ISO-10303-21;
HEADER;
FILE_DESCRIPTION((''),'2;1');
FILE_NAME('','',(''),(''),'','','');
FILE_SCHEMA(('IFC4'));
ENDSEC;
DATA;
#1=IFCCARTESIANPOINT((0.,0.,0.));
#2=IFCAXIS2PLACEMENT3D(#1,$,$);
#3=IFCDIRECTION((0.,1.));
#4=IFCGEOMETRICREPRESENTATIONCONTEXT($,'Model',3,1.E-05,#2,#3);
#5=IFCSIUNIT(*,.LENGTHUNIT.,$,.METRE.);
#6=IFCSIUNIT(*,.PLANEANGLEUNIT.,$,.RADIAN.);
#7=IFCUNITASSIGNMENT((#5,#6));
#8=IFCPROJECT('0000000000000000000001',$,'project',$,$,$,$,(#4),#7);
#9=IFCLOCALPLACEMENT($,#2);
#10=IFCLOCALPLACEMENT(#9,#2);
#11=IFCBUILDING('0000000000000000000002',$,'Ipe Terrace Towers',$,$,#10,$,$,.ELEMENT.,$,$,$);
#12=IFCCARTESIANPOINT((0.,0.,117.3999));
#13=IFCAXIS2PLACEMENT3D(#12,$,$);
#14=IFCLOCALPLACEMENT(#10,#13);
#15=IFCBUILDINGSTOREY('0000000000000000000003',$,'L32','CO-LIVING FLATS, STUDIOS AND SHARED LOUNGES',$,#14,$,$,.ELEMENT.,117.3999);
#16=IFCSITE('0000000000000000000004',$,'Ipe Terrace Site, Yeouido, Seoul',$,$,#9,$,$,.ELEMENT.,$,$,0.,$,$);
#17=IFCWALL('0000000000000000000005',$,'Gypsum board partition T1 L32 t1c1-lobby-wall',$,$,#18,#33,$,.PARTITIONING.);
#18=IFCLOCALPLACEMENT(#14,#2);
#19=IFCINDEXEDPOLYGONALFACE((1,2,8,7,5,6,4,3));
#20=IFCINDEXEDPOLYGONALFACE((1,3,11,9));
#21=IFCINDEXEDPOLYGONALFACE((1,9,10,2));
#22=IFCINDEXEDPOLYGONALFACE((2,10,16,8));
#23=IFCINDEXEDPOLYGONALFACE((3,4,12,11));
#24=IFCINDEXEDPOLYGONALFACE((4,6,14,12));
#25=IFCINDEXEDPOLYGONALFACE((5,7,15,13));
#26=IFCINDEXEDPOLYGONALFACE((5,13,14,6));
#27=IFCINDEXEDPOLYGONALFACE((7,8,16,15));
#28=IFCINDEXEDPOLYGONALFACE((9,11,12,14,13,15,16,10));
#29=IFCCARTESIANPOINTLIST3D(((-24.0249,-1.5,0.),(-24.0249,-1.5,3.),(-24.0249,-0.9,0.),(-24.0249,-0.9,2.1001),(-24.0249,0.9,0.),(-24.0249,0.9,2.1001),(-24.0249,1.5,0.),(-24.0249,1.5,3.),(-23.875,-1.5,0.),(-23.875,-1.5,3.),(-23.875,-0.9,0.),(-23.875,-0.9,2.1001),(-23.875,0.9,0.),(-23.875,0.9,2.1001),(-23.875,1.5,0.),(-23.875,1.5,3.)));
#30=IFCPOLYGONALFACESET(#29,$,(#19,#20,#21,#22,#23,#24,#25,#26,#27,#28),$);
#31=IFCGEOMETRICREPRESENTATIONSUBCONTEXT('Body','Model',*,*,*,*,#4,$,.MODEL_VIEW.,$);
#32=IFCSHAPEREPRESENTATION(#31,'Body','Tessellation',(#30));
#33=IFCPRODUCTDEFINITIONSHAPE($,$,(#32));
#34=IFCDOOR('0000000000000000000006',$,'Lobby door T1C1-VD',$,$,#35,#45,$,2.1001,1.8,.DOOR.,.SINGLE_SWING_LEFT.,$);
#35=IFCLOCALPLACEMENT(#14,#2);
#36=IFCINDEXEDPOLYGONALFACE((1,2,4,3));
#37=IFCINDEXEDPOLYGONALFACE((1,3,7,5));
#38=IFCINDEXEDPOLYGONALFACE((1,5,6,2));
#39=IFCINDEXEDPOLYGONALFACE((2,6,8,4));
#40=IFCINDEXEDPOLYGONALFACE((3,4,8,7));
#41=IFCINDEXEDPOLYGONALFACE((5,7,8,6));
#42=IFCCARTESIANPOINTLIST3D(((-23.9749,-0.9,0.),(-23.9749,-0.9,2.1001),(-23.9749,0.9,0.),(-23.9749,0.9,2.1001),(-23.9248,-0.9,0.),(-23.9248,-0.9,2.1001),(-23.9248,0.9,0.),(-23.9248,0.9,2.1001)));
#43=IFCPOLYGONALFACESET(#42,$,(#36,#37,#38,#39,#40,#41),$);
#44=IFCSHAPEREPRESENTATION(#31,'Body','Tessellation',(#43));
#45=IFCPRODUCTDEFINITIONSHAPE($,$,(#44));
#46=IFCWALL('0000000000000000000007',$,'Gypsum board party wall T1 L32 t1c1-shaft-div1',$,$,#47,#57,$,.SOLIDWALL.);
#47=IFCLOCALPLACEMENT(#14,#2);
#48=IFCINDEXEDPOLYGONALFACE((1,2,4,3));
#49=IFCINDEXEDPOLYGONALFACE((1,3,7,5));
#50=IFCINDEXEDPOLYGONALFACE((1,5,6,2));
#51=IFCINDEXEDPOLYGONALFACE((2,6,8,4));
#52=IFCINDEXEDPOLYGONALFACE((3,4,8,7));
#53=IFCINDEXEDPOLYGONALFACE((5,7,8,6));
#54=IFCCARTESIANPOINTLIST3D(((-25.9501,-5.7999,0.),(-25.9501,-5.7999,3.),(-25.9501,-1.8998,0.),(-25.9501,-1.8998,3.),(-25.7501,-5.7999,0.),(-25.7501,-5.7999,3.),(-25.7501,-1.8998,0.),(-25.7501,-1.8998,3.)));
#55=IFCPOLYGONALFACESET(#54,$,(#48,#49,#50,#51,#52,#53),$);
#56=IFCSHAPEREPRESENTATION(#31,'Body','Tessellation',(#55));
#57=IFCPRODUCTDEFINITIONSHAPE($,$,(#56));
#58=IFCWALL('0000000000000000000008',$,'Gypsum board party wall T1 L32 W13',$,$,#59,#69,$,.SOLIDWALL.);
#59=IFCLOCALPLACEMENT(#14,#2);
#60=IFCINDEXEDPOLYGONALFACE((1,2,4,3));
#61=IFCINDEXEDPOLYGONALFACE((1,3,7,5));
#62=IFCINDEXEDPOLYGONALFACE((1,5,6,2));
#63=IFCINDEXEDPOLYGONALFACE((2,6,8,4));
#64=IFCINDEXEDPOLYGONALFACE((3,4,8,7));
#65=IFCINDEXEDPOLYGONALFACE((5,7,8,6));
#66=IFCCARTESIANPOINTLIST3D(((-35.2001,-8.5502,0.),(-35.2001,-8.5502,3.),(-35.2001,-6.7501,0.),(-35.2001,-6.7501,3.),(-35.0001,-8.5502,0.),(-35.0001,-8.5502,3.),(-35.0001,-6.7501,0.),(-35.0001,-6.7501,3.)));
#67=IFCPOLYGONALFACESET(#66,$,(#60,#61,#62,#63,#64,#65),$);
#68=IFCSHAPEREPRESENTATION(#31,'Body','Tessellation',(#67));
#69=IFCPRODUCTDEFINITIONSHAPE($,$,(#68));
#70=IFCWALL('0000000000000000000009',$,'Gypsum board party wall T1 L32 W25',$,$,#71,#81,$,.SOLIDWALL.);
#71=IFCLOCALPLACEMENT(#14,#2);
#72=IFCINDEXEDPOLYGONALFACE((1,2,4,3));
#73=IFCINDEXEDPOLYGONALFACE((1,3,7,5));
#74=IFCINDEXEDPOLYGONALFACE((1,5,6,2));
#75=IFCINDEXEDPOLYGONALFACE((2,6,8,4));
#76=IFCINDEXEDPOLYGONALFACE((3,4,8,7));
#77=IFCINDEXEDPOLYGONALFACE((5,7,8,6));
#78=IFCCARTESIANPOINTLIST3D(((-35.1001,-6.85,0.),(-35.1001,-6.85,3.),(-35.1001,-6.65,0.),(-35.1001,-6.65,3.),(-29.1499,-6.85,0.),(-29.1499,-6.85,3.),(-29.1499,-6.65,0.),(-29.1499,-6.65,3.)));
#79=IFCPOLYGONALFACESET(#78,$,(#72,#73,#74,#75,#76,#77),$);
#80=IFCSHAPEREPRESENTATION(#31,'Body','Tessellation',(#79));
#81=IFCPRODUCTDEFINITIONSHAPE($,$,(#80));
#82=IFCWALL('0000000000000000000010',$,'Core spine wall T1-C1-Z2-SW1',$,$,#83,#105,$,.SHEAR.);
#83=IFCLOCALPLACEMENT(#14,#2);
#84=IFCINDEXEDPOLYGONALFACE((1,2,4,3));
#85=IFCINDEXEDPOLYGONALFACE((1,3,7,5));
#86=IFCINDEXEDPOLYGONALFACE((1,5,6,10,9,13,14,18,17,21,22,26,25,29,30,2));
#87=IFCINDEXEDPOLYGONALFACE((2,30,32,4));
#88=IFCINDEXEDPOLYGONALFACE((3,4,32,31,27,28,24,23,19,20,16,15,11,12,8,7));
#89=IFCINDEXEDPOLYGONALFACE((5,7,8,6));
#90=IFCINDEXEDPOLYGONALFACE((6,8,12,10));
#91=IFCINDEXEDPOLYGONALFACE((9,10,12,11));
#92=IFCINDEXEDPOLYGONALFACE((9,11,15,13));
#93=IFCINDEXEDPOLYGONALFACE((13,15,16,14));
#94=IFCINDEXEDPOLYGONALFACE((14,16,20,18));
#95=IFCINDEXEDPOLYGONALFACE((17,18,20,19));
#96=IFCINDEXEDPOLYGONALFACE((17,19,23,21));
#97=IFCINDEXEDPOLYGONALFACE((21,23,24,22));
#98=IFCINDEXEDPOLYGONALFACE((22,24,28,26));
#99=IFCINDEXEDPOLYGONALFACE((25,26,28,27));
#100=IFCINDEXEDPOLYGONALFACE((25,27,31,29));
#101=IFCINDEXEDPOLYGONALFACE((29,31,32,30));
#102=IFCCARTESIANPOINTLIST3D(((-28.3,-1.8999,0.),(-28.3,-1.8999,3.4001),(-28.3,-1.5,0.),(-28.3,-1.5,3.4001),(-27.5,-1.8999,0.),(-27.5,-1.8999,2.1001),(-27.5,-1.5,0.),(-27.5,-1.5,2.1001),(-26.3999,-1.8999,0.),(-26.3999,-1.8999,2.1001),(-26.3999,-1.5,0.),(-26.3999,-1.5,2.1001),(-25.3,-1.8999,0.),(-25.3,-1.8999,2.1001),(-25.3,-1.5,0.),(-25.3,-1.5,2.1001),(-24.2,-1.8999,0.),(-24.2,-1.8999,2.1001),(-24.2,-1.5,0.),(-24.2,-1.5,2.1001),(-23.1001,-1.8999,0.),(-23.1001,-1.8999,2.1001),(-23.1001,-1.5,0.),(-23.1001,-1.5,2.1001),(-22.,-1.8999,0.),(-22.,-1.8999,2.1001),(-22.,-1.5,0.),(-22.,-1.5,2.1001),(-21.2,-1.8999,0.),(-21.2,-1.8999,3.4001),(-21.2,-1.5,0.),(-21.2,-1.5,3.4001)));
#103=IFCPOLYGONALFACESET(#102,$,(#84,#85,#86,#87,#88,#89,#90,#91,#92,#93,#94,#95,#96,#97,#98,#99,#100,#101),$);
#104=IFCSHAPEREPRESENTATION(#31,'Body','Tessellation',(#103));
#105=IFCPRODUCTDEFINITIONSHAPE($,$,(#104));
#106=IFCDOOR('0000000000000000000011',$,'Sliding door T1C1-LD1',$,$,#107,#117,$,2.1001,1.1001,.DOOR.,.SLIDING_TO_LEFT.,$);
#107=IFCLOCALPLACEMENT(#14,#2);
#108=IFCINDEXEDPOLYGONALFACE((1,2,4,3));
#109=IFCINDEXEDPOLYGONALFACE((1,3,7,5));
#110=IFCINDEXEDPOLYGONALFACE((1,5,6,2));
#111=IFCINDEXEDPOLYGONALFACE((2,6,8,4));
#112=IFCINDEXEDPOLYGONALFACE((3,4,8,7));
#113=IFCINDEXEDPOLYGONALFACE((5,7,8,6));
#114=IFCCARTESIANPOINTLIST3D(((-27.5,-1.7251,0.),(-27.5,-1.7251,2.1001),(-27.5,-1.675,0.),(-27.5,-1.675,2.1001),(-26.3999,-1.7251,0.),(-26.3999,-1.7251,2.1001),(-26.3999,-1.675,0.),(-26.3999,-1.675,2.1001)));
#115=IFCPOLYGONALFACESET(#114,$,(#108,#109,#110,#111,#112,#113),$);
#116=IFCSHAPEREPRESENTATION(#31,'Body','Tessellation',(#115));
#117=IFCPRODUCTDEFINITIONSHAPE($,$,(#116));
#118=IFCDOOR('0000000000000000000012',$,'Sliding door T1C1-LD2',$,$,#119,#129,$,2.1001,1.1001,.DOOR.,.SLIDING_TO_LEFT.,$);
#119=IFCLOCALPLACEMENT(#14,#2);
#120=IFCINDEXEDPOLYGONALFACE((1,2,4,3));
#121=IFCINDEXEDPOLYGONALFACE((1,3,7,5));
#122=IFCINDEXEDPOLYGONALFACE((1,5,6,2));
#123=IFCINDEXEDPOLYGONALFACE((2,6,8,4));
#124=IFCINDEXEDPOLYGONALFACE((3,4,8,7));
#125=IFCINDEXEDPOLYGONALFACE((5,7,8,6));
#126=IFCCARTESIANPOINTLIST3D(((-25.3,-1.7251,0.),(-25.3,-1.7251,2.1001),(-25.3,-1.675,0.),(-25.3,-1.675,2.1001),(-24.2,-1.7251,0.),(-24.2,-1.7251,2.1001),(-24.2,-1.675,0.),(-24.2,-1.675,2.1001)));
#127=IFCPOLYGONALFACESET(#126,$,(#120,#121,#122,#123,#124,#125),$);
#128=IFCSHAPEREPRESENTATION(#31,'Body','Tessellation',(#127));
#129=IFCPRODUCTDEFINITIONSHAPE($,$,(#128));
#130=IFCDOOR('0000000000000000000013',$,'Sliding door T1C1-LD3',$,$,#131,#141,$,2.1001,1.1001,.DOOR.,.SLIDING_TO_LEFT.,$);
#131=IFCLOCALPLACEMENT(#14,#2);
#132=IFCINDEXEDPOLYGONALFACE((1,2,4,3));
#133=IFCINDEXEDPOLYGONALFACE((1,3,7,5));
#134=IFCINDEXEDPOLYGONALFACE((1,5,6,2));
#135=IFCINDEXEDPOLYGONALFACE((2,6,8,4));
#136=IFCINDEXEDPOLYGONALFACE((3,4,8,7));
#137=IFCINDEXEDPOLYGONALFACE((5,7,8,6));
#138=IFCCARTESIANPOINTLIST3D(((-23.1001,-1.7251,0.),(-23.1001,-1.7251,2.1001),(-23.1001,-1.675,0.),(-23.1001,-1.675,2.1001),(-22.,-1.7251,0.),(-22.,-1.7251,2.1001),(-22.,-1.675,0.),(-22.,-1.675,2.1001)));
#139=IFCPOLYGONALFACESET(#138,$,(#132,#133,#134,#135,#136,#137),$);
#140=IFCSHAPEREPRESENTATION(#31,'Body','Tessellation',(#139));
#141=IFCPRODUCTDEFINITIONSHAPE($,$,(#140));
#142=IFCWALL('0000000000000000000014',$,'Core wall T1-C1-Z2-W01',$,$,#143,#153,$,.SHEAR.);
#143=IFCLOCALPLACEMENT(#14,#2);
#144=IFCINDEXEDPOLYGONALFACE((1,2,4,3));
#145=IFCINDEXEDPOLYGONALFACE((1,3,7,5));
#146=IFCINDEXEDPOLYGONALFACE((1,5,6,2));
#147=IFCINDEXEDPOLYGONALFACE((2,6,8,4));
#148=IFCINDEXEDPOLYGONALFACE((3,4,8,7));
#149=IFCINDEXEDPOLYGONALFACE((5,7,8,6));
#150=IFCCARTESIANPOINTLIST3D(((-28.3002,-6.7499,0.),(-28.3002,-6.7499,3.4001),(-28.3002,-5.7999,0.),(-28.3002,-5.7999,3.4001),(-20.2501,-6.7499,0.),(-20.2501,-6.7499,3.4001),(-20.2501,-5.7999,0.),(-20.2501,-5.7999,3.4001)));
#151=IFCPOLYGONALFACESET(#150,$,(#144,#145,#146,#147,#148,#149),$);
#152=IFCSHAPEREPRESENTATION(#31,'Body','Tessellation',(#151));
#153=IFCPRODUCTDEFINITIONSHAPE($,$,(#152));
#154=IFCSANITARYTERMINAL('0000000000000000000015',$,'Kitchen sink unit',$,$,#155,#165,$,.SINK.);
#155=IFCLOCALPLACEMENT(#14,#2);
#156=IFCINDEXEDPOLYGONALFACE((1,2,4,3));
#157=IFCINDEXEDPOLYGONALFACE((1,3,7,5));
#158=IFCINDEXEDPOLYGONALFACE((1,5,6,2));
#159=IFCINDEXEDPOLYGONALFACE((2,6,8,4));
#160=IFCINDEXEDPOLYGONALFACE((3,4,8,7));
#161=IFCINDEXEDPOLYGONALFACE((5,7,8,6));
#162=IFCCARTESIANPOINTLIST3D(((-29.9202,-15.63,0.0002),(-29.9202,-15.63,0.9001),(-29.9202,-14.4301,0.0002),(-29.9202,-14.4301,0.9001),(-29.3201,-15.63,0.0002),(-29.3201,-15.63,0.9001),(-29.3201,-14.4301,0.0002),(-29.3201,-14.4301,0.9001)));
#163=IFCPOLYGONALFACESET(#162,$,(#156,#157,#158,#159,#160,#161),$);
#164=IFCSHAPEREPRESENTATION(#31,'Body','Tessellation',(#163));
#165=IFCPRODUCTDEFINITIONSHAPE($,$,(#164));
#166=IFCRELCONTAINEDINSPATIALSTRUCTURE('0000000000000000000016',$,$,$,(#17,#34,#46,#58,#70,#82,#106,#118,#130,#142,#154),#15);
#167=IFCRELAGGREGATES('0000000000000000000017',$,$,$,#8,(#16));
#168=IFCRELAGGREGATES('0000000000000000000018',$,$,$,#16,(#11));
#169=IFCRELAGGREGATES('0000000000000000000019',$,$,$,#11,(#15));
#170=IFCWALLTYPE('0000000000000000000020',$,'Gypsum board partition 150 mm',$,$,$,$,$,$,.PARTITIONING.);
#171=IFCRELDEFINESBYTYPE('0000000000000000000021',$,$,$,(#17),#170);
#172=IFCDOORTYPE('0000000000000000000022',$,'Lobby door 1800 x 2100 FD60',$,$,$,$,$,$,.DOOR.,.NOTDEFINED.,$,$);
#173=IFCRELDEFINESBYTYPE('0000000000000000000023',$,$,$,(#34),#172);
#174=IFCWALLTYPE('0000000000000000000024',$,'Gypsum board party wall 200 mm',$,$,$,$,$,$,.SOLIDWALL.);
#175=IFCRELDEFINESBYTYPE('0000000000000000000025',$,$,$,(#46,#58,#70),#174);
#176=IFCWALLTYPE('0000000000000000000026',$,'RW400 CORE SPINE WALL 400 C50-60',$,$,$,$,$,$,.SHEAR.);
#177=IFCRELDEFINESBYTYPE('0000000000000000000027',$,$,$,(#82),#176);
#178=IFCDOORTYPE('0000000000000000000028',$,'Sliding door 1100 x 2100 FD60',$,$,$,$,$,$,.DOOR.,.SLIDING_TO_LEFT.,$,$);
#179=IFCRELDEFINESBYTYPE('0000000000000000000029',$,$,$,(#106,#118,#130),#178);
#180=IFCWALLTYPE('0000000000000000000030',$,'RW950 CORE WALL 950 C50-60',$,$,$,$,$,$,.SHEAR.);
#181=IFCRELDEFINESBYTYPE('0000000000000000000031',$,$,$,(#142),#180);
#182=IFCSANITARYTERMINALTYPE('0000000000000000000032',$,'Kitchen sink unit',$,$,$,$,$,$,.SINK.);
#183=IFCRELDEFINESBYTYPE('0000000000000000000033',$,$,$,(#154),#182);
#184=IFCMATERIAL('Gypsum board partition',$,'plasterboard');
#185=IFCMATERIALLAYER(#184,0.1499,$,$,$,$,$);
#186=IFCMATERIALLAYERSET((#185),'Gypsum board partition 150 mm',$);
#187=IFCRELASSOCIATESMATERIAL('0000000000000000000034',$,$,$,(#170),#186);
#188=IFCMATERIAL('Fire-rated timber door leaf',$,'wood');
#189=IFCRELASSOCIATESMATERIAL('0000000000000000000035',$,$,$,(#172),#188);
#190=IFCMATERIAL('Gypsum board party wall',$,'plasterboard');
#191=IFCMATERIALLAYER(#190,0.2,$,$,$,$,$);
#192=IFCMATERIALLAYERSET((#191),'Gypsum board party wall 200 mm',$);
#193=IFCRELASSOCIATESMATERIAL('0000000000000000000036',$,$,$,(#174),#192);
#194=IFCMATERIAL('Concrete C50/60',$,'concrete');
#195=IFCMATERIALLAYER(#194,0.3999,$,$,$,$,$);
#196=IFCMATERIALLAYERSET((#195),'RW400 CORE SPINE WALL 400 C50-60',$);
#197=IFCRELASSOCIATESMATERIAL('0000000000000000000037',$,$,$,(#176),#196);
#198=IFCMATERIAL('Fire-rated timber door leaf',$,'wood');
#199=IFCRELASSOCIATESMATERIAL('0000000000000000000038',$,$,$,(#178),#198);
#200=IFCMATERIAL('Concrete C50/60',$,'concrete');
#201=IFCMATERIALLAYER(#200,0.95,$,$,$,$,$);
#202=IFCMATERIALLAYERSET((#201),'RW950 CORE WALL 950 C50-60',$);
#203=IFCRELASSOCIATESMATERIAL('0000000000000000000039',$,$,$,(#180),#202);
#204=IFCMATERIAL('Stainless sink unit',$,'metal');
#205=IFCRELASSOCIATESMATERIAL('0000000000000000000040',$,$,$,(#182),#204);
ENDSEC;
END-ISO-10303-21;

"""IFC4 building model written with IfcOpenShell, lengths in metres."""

from ifc_helpers import new_model, si_unit, direction, frame, frame_2d, origin, origin_2d, place, context, subcontext, project, spatial, rectangle, extrude, material, layer, layer_set, type_object, element, fill, save


model = new_model("IFC4")

# Units and contexts
model_context = context("Model", 3, precision=1e-05, world=origin(), true_north=direction((0.0, 1.0)))
body_context = subcontext(model_context, "Body", "Model", "MODEL_VIEW")
ifc_project = project(units=[si_unit("LENGTHUNIT", "METRE"), si_unit("PLANEANGLEUNIT", "RADIAN")], contexts=[model_context])

# Site, building, storey
site_placement = place(None, origin())
site = spatial("IfcSite", under=ifc_project, at=site_placement, Name="Ipe Terrace Site, Yeouido, Seoul", CompositionType="ELEMENT", RefElevation=0.0)
building_placement = place(site_placement, origin())
building = spatial("IfcBuilding", under=site, at=building_placement, Name="Ipe Terrace Towers", CompositionType="ELEMENT")
storey_placement = place(building_placement, frame((0.0, 0.0, 117.3999)))
storey = spatial("IfcBuildingStorey", under=building, at=storey_placement, Name="L32", Description="CO-LIVING FLATS, STUDIOS AND SHARED LOUNGES", CompositionType="ELEMENT", Elevation=117.3999)

# Wall, opening, door
ifc_material_1 = material(Name="Gypsum board partition", Category="plasterboard")
ifc_layer_1 = layer(ifc_material_1, 0.1499)
ifc_layer_set_1 = layer_set([ifc_layer_1], Name="Gypsum board partition 150 mm")
wall_type_1 = type_object("IfcWallType", Name="Gypsum board partition 150 mm", PredefinedType="PARTITIONING", material=ifc_layer_set_1)
wall_1_placement = place(storey_placement, frame((-23.95, -1.5, 0.0), z_axis=(0.0, 0.0, 1.0), x_axis=(0.0, 1.0, 0.0)))
wall_1 = element("IfcWall", 1, at=wall_1_placement, inside=storey, type_object=wall_type_1, Name="Gypsum board partition T1 L32 t1c1-lobby-wall", PredefinedType="PARTITIONING", context=body_context, shape_type="SweptSolid", body=[
    extrude(rectangle(XDim=3.0, YDim=0.1499, at=frame_2d((1.5, 0.0))), origin(), (0.0, 0.0, 1.0), 3.0),
])
opening_1_placement = place(wall_1_placement, frame((0.6001, 0.0, 0.0)))
opening_1 = element("IfcOpeningElement", 2, at=opening_1_placement, cuts=wall_1, PredefinedType="OPENING", context=body_context, shape_type="SweptSolid", body=[
    extrude(rectangle(XDim=1.8, YDim=2.1001, at=frame_2d((0.8999, 1.05))), frame((0.0, 0.085, 0.0), z_axis=(0.0, -1.0, 0.0), x_axis=(1.0, 0.0, 0.0)), (0.0, 0.0, 1.0), 0.1699),
])
ifc_material_2 = material(Name="Fire-rated timber door leaf", Category="wood")
door_type_1 = type_object("IfcDoorType", Name="Lobby door 1800 x 2100 FD60", OperationType="NOTDEFINED", PredefinedType="DOOR", material=ifc_material_2)
door_1_placement = place(opening_1_placement, origin())
door_1 = element("IfcDoor", 3, at=door_1_placement, inside=storey, type_object=door_type_1, Name="Lobby door T1C1-VD", OperationType="SINGLE_SWING_LEFT", OverallHeight=2.1001, OverallWidth=1.8, PredefinedType="DOOR", context=body_context, shape_type="SweptSolid", body=[
    extrude(rectangle(XDim=1.8, YDim=2.1001, at=frame_2d((0.8999, 1.05))), frame((0.0, 0.0249, 0.0), z_axis=(0.0, -1.0, 0.0), x_axis=(1.0, 0.0, 0.0)), (0.0, 0.0, 1.0), 0.05),
])
fill(opening_1, door_1)

# Walls
ifc_material_3 = material(Name="Gypsum board party wall", Category="plasterboard")
ifc_layer_2 = layer(ifc_material_3, 0.2)
ifc_layer_set_2 = layer_set([ifc_layer_2], Name="Gypsum board party wall 200 mm")
wall_type_2 = type_object("IfcWallType", Name="Gypsum board party wall 200 mm", PredefinedType="SOLIDWALL", material=ifc_layer_set_2)
wall_2_placement = place(storey_placement, frame((-25.8501, -5.8, 0.0), z_axis=(0.0, 0.0, 1.0), x_axis=(0.0, 1.0, 0.0)))
element("IfcWall", 4, at=wall_2_placement, inside=storey, type_object=wall_type_2, Name="Gypsum board party wall T1 L32 t1c1-shaft-div1", PredefinedType="SOLIDWALL", context=body_context, shape_type="SweptSolid", body=[
    extrude(rectangle(XDim=3.9001, YDim=0.2, at=frame_2d((1.9502, 0.0))), origin(), (0.0, 0.0, 1.0), 3.0),
])
wall_3_placement = place(storey_placement, frame((-35.1001, -8.55, 0.0), z_axis=(0.0, 0.0, 1.0), x_axis=(0.0, 1.0, 0.0)))
element("IfcWall", 5, at=wall_3_placement, inside=storey, type_object=wall_type_2, Name="Gypsum board party wall T1 L32 W13", PredefinedType="SOLIDWALL", context=body_context, shape_type="SweptSolid", body=[
    extrude(rectangle(XDim=1.8, YDim=0.2, at=frame_2d((0.8999, 0.0))), origin(), (0.0, 0.0, 1.0), 3.0),
])
wall_4_placement = place(storey_placement, frame((-35.1001, -6.75, 0.0), z_axis=(0.0, 0.0, 1.0), x_axis=(1.0, 0.0, 0.0)))
element("IfcWall", 6, at=wall_4_placement, inside=storey, type_object=wall_type_2, Name="Gypsum board party wall T1 L32 W25", PredefinedType="SOLIDWALL", context=body_context, shape_type="SweptSolid", body=[
    extrude(rectangle(XDim=5.9502, YDim=0.2, at=frame_2d((2.9751, 0.0))), origin(), (0.0, 0.0, 1.0), 3.0),
])

# Wall, openings, doors
ifc_material_4 = material(Name="Concrete C50/60", Category="concrete")
ifc_layer_3 = layer(ifc_material_4, 0.3999)
ifc_layer_set_3 = layer_set([ifc_layer_3], Name="RW400 CORE SPINE WALL 400 C50-60")
wall_type_3 = type_object("IfcWallType", Name="RW400 CORE SPINE WALL 400 C50-60", PredefinedType="SHEAR", material=ifc_layer_set_3)
wall_5_placement = place(storey_placement, frame((-28.3, -1.7, 0.0), z_axis=(0.0, 0.0, 1.0), x_axis=(1.0, 0.0, 0.0)))
wall_5 = element("IfcWall", 7, at=wall_5_placement, inside=storey, type_object=wall_type_3, Name="Core spine wall T1-C1-Z2-SW1", PredefinedType="SHEAR", context=body_context, shape_type="SweptSolid", body=[
    extrude(rectangle(XDim=7.1001, YDim=0.3999, at=frame_2d((3.55, 0.0))), origin(), (0.0, 0.0, 1.0), 3.4001),
])
opening_2_placement = place(wall_5_placement, frame((0.8, 0.0, 0.0)))
opening_2 = element("IfcOpeningElement", 8, at=opening_2_placement, cuts=wall_5, PredefinedType="OPENING", context=body_context, shape_type="SweptSolid", body=[
    extrude(rectangle(XDim=1.1001, YDim=2.1001, at=frame_2d((0.55, 1.05))), frame((0.0, 0.21, 0.0), z_axis=(0.0, -1.0, 0.0), x_axis=(1.0, 0.0, 0.0)), (0.0, 0.0, 1.0), 0.4199),
])
opening_3_placement = place(wall_5_placement, frame((3.0, 0.0, 0.0)))
opening_3 = element("IfcOpeningElement", 9, at=opening_3_placement, cuts=wall_5, PredefinedType="OPENING", context=body_context, shape_type="SweptSolid", body=[
    extrude(rectangle(XDim=1.1001, YDim=2.1001, at=frame_2d((0.55, 1.05))), frame((0.0, 0.21, 0.0), z_axis=(0.0, -1.0, 0.0), x_axis=(1.0, 0.0, 0.0)), (0.0, 0.0, 1.0), 0.4199),
])
opening_4_placement = place(wall_5_placement, frame((5.2, 0.0, 0.0)))
opening_4 = element("IfcOpeningElement", 10, at=opening_4_placement, cuts=wall_5, PredefinedType="OPENING", context=body_context, shape_type="SweptSolid", body=[
    extrude(rectangle(XDim=1.1001, YDim=2.1001, at=frame_2d((0.55, 1.05))), frame((0.0, 0.21, 0.0), z_axis=(0.0, -1.0, 0.0), x_axis=(1.0, 0.0, 0.0)), (0.0, 0.0, 1.0), 0.4199),
])
ifc_material_5 = material(Name="Fire-rated timber door leaf", Category="wood")
door_type_2 = type_object("IfcDoorType", Name="Sliding door 1100 x 2100 FD60", OperationType="SLIDING_TO_LEFT", PredefinedType="DOOR", material=ifc_material_5)
door_2_placement = place(opening_2_placement, origin())
door_2 = element("IfcDoor", 11, at=door_2_placement, inside=storey, type_object=door_type_2, Name="Sliding door T1C1-LD1", OperationType="SLIDING_TO_LEFT", OverallHeight=2.1001, OverallWidth=1.1001, PredefinedType="DOOR", context=body_context, shape_type="SweptSolid", body=[
    extrude(rectangle(XDim=1.1001, YDim=2.1001, at=frame_2d((0.55, 1.05))), frame((0.0, 0.0249, 0.0), z_axis=(0.0, -1.0, 0.0), x_axis=(1.0, 0.0, 0.0)), (0.0, 0.0, 1.0), 0.05),
])
fill(opening_2, door_2)
door_3_placement = place(opening_3_placement, origin())
door_3 = element("IfcDoor", 12, at=door_3_placement, inside=storey, type_object=door_type_2, Name="Sliding door T1C1-LD2", OperationType="SLIDING_TO_LEFT", OverallHeight=2.1001, OverallWidth=1.1001, PredefinedType="DOOR", context=body_context, shape_type="SweptSolid", body=[
    extrude(rectangle(XDim=1.1001, YDim=2.1001, at=frame_2d((0.55, 1.05))), frame((0.0, 0.0249, 0.0), z_axis=(0.0, -1.0, 0.0), x_axis=(1.0, 0.0, 0.0)), (0.0, 0.0, 1.0), 0.05),
])
fill(opening_3, door_3)
door_4_placement = place(opening_4_placement, origin())
door_4 = element("IfcDoor", 13, at=door_4_placement, inside=storey, type_object=door_type_2, Name="Sliding door T1C1-LD3", OperationType="SLIDING_TO_LEFT", OverallHeight=2.1001, OverallWidth=1.1001, PredefinedType="DOOR", context=body_context, shape_type="SweptSolid", body=[
    extrude(rectangle(XDim=1.1001, YDim=2.1001, at=frame_2d((0.55, 1.05))), frame((0.0, 0.0249, 0.0), z_axis=(0.0, -1.0, 0.0), x_axis=(1.0, 0.0, 0.0)), (0.0, 0.0, 1.0), 0.05),
])
fill(opening_4, door_4)

# Wall
ifc_material_6 = material(Name="Concrete C50/60", Category="concrete")
ifc_layer_4 = layer(ifc_material_6, 0.95)
ifc_layer_set_4 = layer_set([ifc_layer_4], Name="RW950 CORE WALL 950 C50-60")
wall_type_4 = type_object("IfcWallType", Name="RW950 CORE WALL 950 C50-60", PredefinedType="SHEAR", material=ifc_layer_set_4)
wall_6_placement = place(storey_placement, frame((-28.3, -6.2749, 0.0), z_axis=(0.0, 0.0, 1.0), x_axis=(1.0, 0.0, 0.0)))
element("IfcWall", 14, at=wall_6_placement, inside=storey, type_object=wall_type_4, Name="Core wall T1-C1-Z2-W01", PredefinedType="SHEAR", context=body_context, shape_type="SweptSolid", body=[
    extrude(rectangle(XDim=8.05, YDim=0.95, at=frame_2d((4.0249, 0.0))), origin(), (0.0, 0.0, 1.0), 3.4001),
])

# Sanitary terminal
ifc_material_7 = material(Name="Stainless sink unit", Category="metal")
sanitary_terminal_type = type_object("IfcSanitaryTerminalType", Name="Kitchen sink unit", PredefinedType="SINK", material=ifc_material_7)
sanitary_terminal_placement = place(storey_placement, frame((-29.6201, -15.03, 0.0002), z_axis=(0.0, 0.0, 1.0), x_axis=(0.0, -1.0, 0.0)))
element("IfcSanitaryTerminal", 15, at=sanitary_terminal_placement, inside=storey, type_object=sanitary_terminal_type, Name="Kitchen sink unit", PredefinedType="SINK", context=body_context, shape_type="SweptSolid", body=[
    extrude(rectangle(XDim=1.2, YDim=0.6001, at=origin_2d()), origin(), (0.0, 0.0, 1.0), 0.8999),
])

save(model, "model.ifc")
